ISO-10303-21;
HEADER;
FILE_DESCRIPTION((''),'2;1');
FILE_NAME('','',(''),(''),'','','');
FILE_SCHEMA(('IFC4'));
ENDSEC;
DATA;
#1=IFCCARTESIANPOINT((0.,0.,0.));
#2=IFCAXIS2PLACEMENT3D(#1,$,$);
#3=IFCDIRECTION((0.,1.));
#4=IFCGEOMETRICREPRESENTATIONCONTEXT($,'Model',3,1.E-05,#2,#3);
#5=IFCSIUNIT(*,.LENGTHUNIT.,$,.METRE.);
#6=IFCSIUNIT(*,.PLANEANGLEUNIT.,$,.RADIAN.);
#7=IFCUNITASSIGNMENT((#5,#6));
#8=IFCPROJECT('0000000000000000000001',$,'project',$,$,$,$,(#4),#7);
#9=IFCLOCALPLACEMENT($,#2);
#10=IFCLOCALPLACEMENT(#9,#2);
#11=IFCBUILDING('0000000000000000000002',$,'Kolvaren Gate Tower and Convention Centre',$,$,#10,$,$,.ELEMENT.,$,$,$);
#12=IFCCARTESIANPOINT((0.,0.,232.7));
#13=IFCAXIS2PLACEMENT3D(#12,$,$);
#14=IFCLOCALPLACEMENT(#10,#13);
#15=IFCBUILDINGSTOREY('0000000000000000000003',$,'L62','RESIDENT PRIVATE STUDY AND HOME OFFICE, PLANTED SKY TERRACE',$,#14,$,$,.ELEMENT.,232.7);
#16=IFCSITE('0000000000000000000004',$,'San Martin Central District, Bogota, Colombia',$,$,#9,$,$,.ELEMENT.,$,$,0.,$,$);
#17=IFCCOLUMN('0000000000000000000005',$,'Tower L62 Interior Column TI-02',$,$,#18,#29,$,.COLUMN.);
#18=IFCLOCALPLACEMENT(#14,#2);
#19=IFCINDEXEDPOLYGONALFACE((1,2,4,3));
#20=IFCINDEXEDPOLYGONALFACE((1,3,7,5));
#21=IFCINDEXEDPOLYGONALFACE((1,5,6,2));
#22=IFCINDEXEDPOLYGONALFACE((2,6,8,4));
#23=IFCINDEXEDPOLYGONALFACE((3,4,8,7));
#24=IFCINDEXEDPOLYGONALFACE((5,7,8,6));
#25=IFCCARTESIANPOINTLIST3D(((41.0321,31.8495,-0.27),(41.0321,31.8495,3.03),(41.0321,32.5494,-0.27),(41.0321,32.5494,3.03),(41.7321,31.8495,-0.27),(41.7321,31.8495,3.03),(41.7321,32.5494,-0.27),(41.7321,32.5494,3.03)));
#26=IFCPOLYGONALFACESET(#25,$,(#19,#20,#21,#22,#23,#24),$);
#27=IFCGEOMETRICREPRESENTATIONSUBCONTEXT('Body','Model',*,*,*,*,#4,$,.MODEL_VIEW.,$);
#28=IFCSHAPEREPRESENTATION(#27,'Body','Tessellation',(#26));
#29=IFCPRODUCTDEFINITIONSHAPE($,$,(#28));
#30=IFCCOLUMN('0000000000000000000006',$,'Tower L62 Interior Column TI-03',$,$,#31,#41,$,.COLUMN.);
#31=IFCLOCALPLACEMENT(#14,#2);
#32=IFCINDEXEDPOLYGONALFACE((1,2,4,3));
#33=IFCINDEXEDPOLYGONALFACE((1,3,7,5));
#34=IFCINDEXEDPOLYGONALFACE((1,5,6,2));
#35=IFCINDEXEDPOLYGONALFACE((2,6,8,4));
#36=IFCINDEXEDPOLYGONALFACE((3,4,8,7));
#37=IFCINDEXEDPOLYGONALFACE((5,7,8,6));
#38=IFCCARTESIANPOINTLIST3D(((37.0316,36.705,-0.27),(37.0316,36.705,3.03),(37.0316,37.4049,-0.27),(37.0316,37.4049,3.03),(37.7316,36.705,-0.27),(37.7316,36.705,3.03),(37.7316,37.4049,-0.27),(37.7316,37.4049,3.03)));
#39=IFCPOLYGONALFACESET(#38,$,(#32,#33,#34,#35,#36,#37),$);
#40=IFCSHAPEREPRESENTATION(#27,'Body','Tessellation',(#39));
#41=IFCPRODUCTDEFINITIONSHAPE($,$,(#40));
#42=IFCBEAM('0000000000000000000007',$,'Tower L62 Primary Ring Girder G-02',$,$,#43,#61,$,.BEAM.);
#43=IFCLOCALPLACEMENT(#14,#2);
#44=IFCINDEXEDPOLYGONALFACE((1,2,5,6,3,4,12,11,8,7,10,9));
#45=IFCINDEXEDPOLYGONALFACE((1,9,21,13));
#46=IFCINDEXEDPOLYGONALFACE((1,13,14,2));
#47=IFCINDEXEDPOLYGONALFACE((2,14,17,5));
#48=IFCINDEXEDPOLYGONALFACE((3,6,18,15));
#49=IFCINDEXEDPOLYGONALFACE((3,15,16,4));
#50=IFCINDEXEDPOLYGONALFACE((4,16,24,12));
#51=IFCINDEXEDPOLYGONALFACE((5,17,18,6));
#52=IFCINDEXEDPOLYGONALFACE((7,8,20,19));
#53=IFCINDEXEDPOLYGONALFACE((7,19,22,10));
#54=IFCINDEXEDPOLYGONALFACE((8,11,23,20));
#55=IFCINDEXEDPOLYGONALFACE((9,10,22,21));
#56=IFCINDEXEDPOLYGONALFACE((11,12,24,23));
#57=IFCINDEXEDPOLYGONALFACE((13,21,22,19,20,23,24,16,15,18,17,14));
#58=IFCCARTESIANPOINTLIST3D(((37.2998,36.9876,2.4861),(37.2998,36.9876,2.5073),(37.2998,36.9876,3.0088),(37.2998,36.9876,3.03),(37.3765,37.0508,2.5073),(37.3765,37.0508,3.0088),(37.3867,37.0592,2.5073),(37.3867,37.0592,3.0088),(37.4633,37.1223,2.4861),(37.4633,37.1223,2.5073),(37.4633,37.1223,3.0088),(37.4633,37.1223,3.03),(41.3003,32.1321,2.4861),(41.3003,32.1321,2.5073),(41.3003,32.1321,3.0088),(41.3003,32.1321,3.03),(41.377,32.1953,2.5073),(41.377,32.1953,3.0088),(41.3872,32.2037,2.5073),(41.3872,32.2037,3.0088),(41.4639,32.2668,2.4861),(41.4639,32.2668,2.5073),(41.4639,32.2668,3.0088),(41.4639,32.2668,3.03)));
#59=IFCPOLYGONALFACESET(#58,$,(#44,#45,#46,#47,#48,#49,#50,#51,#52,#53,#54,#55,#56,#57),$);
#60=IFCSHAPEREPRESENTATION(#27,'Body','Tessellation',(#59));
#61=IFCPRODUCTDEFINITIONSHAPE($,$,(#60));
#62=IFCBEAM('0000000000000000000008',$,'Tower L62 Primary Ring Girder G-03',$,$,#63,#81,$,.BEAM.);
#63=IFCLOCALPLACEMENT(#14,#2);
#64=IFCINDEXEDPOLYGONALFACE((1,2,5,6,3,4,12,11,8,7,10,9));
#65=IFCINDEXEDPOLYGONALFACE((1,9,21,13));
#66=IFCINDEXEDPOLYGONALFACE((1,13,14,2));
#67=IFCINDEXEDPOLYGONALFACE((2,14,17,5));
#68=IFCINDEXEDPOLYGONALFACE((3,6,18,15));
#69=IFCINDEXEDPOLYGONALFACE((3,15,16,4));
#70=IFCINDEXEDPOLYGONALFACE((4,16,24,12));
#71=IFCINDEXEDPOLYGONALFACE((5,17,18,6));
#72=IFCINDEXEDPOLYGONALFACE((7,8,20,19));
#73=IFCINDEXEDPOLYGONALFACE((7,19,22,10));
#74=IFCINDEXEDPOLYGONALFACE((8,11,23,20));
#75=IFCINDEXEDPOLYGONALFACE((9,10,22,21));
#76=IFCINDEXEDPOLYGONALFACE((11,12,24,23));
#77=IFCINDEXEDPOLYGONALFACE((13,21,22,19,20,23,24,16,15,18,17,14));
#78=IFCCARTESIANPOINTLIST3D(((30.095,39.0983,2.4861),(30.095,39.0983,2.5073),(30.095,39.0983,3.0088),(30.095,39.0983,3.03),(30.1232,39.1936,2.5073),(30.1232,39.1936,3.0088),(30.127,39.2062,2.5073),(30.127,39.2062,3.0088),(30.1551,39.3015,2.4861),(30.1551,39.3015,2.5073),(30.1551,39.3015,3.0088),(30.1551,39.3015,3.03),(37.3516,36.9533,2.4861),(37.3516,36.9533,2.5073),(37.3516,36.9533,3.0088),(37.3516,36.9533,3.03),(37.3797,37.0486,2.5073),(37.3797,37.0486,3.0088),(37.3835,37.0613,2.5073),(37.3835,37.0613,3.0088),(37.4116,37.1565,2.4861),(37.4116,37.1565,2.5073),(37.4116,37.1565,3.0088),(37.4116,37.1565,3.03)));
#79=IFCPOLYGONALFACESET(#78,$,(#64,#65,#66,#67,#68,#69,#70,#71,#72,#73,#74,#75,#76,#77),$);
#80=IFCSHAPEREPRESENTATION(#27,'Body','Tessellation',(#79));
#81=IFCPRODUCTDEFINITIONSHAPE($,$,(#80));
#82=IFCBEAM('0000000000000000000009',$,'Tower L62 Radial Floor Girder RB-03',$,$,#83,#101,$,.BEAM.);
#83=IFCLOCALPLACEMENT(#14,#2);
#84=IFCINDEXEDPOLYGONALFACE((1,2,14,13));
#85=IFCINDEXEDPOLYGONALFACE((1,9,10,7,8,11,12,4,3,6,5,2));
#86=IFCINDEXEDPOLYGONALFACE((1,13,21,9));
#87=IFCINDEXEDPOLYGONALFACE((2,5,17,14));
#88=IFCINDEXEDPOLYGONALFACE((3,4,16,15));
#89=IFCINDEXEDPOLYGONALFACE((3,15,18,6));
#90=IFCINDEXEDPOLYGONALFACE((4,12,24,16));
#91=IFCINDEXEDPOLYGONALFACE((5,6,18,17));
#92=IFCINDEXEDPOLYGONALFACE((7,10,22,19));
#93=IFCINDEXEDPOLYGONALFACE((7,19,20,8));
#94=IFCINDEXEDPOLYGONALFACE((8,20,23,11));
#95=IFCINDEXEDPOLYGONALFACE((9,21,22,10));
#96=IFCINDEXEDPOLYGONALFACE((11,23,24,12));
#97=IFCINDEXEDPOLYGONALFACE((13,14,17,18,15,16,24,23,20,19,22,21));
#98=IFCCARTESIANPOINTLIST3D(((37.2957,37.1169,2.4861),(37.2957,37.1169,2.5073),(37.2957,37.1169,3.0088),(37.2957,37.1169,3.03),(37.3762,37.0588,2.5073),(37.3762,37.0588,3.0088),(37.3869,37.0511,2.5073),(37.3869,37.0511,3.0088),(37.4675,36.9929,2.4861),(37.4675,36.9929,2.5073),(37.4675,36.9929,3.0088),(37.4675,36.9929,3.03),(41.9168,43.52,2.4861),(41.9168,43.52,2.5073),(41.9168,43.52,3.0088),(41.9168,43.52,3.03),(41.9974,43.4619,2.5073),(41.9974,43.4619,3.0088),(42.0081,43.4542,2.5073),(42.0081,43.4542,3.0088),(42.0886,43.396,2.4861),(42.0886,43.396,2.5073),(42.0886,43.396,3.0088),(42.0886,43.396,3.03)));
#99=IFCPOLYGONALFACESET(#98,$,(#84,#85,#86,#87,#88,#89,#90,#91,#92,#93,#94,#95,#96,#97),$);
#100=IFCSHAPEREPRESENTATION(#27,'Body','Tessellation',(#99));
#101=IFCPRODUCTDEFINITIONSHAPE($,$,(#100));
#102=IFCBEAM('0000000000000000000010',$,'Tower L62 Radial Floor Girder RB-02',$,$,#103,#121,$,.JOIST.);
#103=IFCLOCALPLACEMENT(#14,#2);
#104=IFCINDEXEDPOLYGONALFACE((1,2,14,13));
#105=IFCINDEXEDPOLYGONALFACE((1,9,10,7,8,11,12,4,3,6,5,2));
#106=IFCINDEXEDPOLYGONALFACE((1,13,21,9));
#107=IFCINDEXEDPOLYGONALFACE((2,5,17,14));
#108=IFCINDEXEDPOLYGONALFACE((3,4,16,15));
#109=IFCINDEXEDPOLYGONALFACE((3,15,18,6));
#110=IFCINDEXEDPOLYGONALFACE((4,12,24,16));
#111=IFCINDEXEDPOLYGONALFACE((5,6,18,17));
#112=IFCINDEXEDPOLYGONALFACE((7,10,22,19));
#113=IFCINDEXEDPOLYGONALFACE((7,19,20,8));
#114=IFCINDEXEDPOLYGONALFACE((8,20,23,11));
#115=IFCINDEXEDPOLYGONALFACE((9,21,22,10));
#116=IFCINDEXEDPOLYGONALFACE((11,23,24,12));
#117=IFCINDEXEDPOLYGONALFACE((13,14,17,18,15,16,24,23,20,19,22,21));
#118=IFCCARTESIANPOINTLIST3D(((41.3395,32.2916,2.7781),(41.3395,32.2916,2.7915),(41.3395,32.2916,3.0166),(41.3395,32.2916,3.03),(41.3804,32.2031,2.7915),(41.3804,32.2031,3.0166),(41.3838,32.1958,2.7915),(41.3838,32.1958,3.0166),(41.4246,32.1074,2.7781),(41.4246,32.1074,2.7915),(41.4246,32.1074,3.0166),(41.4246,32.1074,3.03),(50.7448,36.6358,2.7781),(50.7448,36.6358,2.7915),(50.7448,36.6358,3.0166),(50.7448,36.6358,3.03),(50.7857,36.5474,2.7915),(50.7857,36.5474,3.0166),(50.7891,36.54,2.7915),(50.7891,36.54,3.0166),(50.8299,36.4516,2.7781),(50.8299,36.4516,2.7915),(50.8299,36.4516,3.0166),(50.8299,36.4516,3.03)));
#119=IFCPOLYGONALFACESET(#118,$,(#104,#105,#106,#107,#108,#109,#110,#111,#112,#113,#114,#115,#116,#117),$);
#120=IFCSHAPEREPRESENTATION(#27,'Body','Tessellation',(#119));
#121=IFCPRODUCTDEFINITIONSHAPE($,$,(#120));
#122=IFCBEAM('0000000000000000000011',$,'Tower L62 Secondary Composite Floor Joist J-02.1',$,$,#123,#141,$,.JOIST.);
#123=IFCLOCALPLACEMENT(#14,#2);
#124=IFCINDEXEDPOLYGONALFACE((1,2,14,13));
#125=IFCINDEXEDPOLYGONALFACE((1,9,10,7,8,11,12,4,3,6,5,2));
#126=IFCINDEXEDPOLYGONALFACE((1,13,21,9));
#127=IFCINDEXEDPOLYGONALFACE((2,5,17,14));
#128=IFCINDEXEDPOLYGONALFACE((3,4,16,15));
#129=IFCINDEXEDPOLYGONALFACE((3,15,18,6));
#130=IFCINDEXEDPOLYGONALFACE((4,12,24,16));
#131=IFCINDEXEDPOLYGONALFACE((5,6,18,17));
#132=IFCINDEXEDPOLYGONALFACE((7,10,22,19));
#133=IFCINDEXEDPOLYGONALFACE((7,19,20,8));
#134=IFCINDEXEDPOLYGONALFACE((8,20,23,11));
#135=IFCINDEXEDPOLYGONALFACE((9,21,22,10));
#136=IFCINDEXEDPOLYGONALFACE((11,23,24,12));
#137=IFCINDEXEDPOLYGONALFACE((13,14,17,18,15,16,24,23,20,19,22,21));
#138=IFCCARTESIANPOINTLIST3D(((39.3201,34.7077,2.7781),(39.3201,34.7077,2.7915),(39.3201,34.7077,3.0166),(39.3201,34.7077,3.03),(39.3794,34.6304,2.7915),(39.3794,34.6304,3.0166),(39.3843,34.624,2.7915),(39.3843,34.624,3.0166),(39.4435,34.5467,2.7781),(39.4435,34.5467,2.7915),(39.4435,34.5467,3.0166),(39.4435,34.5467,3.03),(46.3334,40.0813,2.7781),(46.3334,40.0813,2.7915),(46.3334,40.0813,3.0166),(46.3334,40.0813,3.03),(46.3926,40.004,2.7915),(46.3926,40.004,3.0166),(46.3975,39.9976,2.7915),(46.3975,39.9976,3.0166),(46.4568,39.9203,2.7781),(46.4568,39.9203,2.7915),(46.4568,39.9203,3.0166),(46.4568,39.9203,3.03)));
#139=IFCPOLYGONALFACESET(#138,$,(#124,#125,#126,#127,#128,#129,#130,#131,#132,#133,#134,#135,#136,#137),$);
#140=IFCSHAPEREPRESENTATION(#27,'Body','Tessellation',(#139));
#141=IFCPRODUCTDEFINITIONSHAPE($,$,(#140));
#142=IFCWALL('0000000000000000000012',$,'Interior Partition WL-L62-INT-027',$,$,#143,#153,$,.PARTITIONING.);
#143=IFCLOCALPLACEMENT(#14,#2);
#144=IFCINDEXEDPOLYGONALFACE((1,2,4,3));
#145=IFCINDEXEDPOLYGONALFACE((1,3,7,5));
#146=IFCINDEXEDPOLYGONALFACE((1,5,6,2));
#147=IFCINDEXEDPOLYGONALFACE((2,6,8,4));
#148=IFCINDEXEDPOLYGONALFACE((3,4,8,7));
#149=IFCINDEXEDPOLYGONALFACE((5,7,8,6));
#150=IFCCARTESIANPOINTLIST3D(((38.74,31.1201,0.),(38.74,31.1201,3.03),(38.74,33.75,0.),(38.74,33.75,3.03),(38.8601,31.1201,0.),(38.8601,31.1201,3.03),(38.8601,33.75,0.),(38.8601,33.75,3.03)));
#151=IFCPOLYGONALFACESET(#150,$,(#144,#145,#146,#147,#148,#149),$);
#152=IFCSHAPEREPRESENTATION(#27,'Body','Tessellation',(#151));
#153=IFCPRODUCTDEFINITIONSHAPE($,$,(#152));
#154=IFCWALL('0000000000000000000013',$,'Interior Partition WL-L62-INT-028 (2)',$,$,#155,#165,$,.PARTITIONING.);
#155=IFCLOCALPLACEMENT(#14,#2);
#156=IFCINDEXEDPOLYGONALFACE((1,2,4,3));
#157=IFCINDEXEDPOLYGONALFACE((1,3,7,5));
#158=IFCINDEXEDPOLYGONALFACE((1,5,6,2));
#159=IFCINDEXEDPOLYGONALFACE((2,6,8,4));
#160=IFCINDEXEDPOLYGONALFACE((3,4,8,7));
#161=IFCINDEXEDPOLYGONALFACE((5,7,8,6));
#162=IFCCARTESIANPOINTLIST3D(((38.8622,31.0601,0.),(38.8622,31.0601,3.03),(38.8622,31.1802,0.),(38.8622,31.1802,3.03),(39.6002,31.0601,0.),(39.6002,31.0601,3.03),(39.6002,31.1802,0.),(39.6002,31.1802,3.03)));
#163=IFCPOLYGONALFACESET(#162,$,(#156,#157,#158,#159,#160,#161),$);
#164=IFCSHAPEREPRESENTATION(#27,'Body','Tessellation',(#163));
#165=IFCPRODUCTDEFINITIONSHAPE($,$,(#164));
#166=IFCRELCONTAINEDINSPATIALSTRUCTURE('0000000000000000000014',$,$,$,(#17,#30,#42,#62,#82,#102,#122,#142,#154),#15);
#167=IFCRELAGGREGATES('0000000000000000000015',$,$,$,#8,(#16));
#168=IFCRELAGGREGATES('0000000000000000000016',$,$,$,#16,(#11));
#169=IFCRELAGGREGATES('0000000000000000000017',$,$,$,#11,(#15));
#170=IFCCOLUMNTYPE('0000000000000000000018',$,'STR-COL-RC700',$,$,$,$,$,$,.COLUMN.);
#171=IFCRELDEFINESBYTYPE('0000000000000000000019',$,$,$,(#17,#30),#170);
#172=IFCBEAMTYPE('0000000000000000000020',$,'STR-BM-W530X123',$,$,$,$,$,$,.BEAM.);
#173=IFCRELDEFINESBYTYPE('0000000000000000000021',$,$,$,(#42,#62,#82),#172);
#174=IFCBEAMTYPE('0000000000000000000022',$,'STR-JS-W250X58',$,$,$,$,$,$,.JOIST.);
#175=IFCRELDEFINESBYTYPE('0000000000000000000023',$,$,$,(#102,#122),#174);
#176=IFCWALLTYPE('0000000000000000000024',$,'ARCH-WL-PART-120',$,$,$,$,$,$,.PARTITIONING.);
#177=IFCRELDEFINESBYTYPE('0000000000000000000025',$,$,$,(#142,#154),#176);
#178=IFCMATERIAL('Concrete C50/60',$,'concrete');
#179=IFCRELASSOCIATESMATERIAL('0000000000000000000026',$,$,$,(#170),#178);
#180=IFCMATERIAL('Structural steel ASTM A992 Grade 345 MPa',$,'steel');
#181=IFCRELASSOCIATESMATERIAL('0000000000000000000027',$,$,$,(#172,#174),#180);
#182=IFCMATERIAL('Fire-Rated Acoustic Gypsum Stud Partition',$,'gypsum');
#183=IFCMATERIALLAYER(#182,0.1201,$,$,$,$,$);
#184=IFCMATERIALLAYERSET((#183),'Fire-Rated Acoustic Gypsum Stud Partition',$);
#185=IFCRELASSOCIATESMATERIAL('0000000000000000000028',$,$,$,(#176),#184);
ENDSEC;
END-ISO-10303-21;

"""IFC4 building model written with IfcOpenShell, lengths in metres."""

from ifc_helpers import new_model, si_unit, direction, frame, frame_2d, origin, origin_2d, place, context, subcontext, project, spatial, rectangle, i_section, extrude, material, layer, layer_set, material_profile, profile_set, type_object, element, save


model = new_model("IFC4")

# Units and contexts
model_context = context("Model", 3, precision=1e-05, world=origin(), true_north=direction((0.0, 1.0)))
body_context = subcontext(model_context, "Body", "Model", "MODEL_VIEW")
ifc_project = project(units=[si_unit("LENGTHUNIT", "METRE"), si_unit("PLANEANGLEUNIT", "RADIAN")], contexts=[model_context])

# Site, building, storey
site_placement = place(None, origin())
site = spatial("IfcSite", under=ifc_project, at=site_placement, Name="San Martin Central District, Bogota, Colombia", CompositionType="ELEMENT", RefElevation=0.0)
building_placement = place(site_placement, origin())
building = spatial("IfcBuilding", under=site, at=building_placement, Name="Kolvaren Gate Tower and Convention Centre", CompositionType="ELEMENT")
storey_placement = place(building_placement, frame((0.0, 0.0, 232.7)))
storey = spatial("IfcBuildingStorey", under=building, at=storey_placement, Name="L62", Description="RESIDENT PRIVATE STUDY AND HOME OFFICE, PLANTED SKY TERRACE", CompositionType="ELEMENT", Elevation=232.7)

# Columns
ifc_material_1 = material(Name="Concrete C50/60", Category="concrete")
ifc_material_profile_1 = material_profile(ifc_material_1, rectangle(XDim=0.7, YDim=0.7, at=origin_2d()), Name="RC-COL-700X700")
ifc_profile_set_1 = profile_set([ifc_material_profile_1], Name="Concrete C50/60")
column_type = type_object("IfcColumnType", Name="STR-COL-RC700", PredefinedType="COLUMN", material=ifc_profile_set_1)
for number, where, z_axis, x_axis, name in (
    (1, (41.3821, 32.1995, -0.27), (0.0, 0.0, 1.0), (1.0, 0.0, 0.0), "Tower L62 Interior Column TI-02"),
    (2, (37.3816, 37.0549, -0.27), (0.0, 0.0, 1.0), (1.0, 0.0, 0.0), "Tower L62 Interior Column TI-03"),
):
    element("IfcColumn", number, at=place(storey_placement, frame(where, z_axis=z_axis, x_axis=x_axis)), inside=storey, type_object=column_type, Name=name, PredefinedType="COLUMN", context=body_context, shape_type="SweptSolid", body=[
        extrude(rectangle(XDim=0.7, YDim=0.7, at=origin_2d()), origin(), (0.0, 0.0, 1.0), 3.3),
    ])

# Beams
ifc_material_2 = material(Name="Structural steel ASTM A992 Grade 345 MPa", Category="steel")
ifc_material_profile_2 = material_profile(ifc_material_2, i_section(OverallWidth=0.2119, OverallDepth=0.5439, WebThickness=0.0132, FlangeThickness=0.0212, at=origin_2d()), Name="W530X123")
ifc_profile_set_2 = profile_set([ifc_material_profile_2], Name="Structural steel ASTM A992 Grade 345 MPa")
beam_type_1 = type_object("IfcBeamType", Name="STR-BM-W530X123", PredefinedType="BEAM", material=ifc_profile_set_2)
beam_1_placement = place(storey_placement, frame((41.3821, 32.1995, 2.7581), z_axis=(-0.635884, 0.771785, 0.0), x_axis=(-0.771785, -0.635884, 0.0)))
element("IfcBeam", 3, at=beam_1_placement, inside=storey, type_object=beam_type_1, Name="Tower L62 Primary Ring Girder G-02", PredefinedType="BEAM", context=body_context, shape_type="SweptSolid", body=[
    extrude(i_section(OverallWidth=0.2119, OverallDepth=0.5439, WebThickness=0.0132, FlangeThickness=0.0212, at=origin_2d()), origin(), (0.0, 0.0, 1.0), 6.2913),
])
beam_2_placement = place(storey_placement, frame((37.3816, 37.0549, 2.7581), z_axis=(-0.958981, 0.283471, 0.0), x_axis=(-0.283471, -0.958981, 0.0)))
element("IfcBeam", 4, at=beam_2_placement, inside=storey, type_object=beam_type_1, Name="Tower L62 Primary Ring Girder G-03", PredefinedType="BEAM", context=body_context, shape_type="SweptSolid", body=[
    extrude(i_section(OverallWidth=0.2119, OverallDepth=0.5439, WebThickness=0.0132, FlangeThickness=0.0212, at=origin_2d()), origin(), (0.0, 0.0, 1.0), 7.5669),
])
beam_3_placement = place(storey_placement, frame((37.3816, 37.0549, 2.7581), z_axis=(0.585212, 0.810881, 0.0), x_axis=(-0.810881, 0.585212, 0.0)))
element("IfcBeam", 5, at=beam_3_placement, inside=storey, type_object=beam_type_1, Name="Tower L62 Radial Floor Girder RB-03", PredefinedType="BEAM", context=body_context, shape_type="SweptSolid", body=[
    extrude(i_section(OverallWidth=0.2119, OverallDepth=0.5439, WebThickness=0.0132, FlangeThickness=0.0212, at=origin_2d()), origin(), (0.0, 0.0, 1.0), 7.8965),
])
ifc_material_profile_3 = material_profile(ifc_material_2, i_section(OverallWidth=0.2029, OverallDepth=0.252, WebThickness=0.0081, FlangeThickness=0.0134, at=origin_2d()), Name="W250X58")
ifc_profile_set_3 = profile_set([ifc_material_profile_3], Name="Structural steel ASTM A992 Grade 345 MPa")
beam_type_2 = type_object("IfcBeamType", Name="STR-JS-W250X58", PredefinedType="JOIST", material=ifc_profile_set_3)
beam_4_placement = place(storey_placement, frame((41.3821, 32.1995, 2.9041), z_axis=(0.907837, 0.419324, 0.0), x_axis=(-0.419324, 0.907837, 0.0)))
element("IfcBeam", 6, at=beam_4_placement, inside=storey, type_object=beam_type_2, Name="Tower L62 Radial Floor Girder RB-02", PredefinedType="JOIST", context=body_context, shape_type="SweptSolid", body=[
    extrude(i_section(OverallWidth=0.2029, OverallDepth=0.252, WebThickness=0.0081, FlangeThickness=0.0134, at=origin_2d()), origin(), (0.0, 0.0, 1.0), 10.3601),
])
beam_5_placement = place(storey_placement, frame((39.3818, 34.6272, 2.9041), z_axis=(0.793783, 0.608201, 0.0), x_axis=(-0.608201, 0.793783, 0.0)))
element("IfcBeam", 7, at=beam_5_placement, inside=storey, type_object=beam_type_2, Name="Tower L62 Secondary Composite Floor Joist J-02.1", PredefinedType="JOIST", context=body_context, shape_type="SweptSolid", body=[
    extrude(i_section(OverallWidth=0.2029, OverallDepth=0.252, WebThickness=0.0081, FlangeThickness=0.0134, at=origin_2d()), origin(), (0.0, 0.0, 1.0), 8.8352),
])

# Walls
ifc_material_3 = material(Name="Fire-Rated Acoustic Gypsum Stud Partition", Category="gypsum")
ifc_layer_1 = layer(ifc_material_3, 0.1201)
ifc_layer_set_1 = layer_set([ifc_layer_1], Name="Fire-Rated Acoustic Gypsum Stud Partition")
wall_type_1 = type_object("IfcWallType", Name="ARCH-WL-PART-120", PredefinedType="PARTITIONING", material=ifc_layer_set_1)
wall_1_placement = place(storey_placement, frame((38.8, 31.1201, 0.0), z_axis=(0.0, 0.0, 1.0), x_axis=(0.0, 1.0, 0.0)))
element("IfcWall", 8, at=wall_1_placement, inside=storey, type_object=wall_type_1, Name="Interior Partition WL-L62-INT-027", PredefinedType="PARTITIONING", context=body_context, shape_type="SweptSolid", body=[
    extrude(rectangle(XDim=2.6299, YDim=0.1201, at=frame_2d((1.3149, 0.0))), origin(), (0.0, 0.0, 1.0), 3.03),
])
wall_2_placement = place(storey_placement, frame((38.8621, 31.1201, 0.0), z_axis=(0.0, 0.0, 1.0), x_axis=(1.0, 0.0, 0.0)))
element("IfcWall", 9, at=wall_2_placement, inside=storey, type_object=wall_type_1, Name="Interior Partition WL-L62-INT-028 (2)", PredefinedType="PARTITIONING", context=body_context, shape_type="SweptSolid", body=[
    extrude(rectangle(XDim=0.738, YDim=0.1201, at=frame_2d((0.3691, 0.0))), origin(), (0.0, 0.0, 1.0), 3.03),
])

save(model, "model.ifc")
